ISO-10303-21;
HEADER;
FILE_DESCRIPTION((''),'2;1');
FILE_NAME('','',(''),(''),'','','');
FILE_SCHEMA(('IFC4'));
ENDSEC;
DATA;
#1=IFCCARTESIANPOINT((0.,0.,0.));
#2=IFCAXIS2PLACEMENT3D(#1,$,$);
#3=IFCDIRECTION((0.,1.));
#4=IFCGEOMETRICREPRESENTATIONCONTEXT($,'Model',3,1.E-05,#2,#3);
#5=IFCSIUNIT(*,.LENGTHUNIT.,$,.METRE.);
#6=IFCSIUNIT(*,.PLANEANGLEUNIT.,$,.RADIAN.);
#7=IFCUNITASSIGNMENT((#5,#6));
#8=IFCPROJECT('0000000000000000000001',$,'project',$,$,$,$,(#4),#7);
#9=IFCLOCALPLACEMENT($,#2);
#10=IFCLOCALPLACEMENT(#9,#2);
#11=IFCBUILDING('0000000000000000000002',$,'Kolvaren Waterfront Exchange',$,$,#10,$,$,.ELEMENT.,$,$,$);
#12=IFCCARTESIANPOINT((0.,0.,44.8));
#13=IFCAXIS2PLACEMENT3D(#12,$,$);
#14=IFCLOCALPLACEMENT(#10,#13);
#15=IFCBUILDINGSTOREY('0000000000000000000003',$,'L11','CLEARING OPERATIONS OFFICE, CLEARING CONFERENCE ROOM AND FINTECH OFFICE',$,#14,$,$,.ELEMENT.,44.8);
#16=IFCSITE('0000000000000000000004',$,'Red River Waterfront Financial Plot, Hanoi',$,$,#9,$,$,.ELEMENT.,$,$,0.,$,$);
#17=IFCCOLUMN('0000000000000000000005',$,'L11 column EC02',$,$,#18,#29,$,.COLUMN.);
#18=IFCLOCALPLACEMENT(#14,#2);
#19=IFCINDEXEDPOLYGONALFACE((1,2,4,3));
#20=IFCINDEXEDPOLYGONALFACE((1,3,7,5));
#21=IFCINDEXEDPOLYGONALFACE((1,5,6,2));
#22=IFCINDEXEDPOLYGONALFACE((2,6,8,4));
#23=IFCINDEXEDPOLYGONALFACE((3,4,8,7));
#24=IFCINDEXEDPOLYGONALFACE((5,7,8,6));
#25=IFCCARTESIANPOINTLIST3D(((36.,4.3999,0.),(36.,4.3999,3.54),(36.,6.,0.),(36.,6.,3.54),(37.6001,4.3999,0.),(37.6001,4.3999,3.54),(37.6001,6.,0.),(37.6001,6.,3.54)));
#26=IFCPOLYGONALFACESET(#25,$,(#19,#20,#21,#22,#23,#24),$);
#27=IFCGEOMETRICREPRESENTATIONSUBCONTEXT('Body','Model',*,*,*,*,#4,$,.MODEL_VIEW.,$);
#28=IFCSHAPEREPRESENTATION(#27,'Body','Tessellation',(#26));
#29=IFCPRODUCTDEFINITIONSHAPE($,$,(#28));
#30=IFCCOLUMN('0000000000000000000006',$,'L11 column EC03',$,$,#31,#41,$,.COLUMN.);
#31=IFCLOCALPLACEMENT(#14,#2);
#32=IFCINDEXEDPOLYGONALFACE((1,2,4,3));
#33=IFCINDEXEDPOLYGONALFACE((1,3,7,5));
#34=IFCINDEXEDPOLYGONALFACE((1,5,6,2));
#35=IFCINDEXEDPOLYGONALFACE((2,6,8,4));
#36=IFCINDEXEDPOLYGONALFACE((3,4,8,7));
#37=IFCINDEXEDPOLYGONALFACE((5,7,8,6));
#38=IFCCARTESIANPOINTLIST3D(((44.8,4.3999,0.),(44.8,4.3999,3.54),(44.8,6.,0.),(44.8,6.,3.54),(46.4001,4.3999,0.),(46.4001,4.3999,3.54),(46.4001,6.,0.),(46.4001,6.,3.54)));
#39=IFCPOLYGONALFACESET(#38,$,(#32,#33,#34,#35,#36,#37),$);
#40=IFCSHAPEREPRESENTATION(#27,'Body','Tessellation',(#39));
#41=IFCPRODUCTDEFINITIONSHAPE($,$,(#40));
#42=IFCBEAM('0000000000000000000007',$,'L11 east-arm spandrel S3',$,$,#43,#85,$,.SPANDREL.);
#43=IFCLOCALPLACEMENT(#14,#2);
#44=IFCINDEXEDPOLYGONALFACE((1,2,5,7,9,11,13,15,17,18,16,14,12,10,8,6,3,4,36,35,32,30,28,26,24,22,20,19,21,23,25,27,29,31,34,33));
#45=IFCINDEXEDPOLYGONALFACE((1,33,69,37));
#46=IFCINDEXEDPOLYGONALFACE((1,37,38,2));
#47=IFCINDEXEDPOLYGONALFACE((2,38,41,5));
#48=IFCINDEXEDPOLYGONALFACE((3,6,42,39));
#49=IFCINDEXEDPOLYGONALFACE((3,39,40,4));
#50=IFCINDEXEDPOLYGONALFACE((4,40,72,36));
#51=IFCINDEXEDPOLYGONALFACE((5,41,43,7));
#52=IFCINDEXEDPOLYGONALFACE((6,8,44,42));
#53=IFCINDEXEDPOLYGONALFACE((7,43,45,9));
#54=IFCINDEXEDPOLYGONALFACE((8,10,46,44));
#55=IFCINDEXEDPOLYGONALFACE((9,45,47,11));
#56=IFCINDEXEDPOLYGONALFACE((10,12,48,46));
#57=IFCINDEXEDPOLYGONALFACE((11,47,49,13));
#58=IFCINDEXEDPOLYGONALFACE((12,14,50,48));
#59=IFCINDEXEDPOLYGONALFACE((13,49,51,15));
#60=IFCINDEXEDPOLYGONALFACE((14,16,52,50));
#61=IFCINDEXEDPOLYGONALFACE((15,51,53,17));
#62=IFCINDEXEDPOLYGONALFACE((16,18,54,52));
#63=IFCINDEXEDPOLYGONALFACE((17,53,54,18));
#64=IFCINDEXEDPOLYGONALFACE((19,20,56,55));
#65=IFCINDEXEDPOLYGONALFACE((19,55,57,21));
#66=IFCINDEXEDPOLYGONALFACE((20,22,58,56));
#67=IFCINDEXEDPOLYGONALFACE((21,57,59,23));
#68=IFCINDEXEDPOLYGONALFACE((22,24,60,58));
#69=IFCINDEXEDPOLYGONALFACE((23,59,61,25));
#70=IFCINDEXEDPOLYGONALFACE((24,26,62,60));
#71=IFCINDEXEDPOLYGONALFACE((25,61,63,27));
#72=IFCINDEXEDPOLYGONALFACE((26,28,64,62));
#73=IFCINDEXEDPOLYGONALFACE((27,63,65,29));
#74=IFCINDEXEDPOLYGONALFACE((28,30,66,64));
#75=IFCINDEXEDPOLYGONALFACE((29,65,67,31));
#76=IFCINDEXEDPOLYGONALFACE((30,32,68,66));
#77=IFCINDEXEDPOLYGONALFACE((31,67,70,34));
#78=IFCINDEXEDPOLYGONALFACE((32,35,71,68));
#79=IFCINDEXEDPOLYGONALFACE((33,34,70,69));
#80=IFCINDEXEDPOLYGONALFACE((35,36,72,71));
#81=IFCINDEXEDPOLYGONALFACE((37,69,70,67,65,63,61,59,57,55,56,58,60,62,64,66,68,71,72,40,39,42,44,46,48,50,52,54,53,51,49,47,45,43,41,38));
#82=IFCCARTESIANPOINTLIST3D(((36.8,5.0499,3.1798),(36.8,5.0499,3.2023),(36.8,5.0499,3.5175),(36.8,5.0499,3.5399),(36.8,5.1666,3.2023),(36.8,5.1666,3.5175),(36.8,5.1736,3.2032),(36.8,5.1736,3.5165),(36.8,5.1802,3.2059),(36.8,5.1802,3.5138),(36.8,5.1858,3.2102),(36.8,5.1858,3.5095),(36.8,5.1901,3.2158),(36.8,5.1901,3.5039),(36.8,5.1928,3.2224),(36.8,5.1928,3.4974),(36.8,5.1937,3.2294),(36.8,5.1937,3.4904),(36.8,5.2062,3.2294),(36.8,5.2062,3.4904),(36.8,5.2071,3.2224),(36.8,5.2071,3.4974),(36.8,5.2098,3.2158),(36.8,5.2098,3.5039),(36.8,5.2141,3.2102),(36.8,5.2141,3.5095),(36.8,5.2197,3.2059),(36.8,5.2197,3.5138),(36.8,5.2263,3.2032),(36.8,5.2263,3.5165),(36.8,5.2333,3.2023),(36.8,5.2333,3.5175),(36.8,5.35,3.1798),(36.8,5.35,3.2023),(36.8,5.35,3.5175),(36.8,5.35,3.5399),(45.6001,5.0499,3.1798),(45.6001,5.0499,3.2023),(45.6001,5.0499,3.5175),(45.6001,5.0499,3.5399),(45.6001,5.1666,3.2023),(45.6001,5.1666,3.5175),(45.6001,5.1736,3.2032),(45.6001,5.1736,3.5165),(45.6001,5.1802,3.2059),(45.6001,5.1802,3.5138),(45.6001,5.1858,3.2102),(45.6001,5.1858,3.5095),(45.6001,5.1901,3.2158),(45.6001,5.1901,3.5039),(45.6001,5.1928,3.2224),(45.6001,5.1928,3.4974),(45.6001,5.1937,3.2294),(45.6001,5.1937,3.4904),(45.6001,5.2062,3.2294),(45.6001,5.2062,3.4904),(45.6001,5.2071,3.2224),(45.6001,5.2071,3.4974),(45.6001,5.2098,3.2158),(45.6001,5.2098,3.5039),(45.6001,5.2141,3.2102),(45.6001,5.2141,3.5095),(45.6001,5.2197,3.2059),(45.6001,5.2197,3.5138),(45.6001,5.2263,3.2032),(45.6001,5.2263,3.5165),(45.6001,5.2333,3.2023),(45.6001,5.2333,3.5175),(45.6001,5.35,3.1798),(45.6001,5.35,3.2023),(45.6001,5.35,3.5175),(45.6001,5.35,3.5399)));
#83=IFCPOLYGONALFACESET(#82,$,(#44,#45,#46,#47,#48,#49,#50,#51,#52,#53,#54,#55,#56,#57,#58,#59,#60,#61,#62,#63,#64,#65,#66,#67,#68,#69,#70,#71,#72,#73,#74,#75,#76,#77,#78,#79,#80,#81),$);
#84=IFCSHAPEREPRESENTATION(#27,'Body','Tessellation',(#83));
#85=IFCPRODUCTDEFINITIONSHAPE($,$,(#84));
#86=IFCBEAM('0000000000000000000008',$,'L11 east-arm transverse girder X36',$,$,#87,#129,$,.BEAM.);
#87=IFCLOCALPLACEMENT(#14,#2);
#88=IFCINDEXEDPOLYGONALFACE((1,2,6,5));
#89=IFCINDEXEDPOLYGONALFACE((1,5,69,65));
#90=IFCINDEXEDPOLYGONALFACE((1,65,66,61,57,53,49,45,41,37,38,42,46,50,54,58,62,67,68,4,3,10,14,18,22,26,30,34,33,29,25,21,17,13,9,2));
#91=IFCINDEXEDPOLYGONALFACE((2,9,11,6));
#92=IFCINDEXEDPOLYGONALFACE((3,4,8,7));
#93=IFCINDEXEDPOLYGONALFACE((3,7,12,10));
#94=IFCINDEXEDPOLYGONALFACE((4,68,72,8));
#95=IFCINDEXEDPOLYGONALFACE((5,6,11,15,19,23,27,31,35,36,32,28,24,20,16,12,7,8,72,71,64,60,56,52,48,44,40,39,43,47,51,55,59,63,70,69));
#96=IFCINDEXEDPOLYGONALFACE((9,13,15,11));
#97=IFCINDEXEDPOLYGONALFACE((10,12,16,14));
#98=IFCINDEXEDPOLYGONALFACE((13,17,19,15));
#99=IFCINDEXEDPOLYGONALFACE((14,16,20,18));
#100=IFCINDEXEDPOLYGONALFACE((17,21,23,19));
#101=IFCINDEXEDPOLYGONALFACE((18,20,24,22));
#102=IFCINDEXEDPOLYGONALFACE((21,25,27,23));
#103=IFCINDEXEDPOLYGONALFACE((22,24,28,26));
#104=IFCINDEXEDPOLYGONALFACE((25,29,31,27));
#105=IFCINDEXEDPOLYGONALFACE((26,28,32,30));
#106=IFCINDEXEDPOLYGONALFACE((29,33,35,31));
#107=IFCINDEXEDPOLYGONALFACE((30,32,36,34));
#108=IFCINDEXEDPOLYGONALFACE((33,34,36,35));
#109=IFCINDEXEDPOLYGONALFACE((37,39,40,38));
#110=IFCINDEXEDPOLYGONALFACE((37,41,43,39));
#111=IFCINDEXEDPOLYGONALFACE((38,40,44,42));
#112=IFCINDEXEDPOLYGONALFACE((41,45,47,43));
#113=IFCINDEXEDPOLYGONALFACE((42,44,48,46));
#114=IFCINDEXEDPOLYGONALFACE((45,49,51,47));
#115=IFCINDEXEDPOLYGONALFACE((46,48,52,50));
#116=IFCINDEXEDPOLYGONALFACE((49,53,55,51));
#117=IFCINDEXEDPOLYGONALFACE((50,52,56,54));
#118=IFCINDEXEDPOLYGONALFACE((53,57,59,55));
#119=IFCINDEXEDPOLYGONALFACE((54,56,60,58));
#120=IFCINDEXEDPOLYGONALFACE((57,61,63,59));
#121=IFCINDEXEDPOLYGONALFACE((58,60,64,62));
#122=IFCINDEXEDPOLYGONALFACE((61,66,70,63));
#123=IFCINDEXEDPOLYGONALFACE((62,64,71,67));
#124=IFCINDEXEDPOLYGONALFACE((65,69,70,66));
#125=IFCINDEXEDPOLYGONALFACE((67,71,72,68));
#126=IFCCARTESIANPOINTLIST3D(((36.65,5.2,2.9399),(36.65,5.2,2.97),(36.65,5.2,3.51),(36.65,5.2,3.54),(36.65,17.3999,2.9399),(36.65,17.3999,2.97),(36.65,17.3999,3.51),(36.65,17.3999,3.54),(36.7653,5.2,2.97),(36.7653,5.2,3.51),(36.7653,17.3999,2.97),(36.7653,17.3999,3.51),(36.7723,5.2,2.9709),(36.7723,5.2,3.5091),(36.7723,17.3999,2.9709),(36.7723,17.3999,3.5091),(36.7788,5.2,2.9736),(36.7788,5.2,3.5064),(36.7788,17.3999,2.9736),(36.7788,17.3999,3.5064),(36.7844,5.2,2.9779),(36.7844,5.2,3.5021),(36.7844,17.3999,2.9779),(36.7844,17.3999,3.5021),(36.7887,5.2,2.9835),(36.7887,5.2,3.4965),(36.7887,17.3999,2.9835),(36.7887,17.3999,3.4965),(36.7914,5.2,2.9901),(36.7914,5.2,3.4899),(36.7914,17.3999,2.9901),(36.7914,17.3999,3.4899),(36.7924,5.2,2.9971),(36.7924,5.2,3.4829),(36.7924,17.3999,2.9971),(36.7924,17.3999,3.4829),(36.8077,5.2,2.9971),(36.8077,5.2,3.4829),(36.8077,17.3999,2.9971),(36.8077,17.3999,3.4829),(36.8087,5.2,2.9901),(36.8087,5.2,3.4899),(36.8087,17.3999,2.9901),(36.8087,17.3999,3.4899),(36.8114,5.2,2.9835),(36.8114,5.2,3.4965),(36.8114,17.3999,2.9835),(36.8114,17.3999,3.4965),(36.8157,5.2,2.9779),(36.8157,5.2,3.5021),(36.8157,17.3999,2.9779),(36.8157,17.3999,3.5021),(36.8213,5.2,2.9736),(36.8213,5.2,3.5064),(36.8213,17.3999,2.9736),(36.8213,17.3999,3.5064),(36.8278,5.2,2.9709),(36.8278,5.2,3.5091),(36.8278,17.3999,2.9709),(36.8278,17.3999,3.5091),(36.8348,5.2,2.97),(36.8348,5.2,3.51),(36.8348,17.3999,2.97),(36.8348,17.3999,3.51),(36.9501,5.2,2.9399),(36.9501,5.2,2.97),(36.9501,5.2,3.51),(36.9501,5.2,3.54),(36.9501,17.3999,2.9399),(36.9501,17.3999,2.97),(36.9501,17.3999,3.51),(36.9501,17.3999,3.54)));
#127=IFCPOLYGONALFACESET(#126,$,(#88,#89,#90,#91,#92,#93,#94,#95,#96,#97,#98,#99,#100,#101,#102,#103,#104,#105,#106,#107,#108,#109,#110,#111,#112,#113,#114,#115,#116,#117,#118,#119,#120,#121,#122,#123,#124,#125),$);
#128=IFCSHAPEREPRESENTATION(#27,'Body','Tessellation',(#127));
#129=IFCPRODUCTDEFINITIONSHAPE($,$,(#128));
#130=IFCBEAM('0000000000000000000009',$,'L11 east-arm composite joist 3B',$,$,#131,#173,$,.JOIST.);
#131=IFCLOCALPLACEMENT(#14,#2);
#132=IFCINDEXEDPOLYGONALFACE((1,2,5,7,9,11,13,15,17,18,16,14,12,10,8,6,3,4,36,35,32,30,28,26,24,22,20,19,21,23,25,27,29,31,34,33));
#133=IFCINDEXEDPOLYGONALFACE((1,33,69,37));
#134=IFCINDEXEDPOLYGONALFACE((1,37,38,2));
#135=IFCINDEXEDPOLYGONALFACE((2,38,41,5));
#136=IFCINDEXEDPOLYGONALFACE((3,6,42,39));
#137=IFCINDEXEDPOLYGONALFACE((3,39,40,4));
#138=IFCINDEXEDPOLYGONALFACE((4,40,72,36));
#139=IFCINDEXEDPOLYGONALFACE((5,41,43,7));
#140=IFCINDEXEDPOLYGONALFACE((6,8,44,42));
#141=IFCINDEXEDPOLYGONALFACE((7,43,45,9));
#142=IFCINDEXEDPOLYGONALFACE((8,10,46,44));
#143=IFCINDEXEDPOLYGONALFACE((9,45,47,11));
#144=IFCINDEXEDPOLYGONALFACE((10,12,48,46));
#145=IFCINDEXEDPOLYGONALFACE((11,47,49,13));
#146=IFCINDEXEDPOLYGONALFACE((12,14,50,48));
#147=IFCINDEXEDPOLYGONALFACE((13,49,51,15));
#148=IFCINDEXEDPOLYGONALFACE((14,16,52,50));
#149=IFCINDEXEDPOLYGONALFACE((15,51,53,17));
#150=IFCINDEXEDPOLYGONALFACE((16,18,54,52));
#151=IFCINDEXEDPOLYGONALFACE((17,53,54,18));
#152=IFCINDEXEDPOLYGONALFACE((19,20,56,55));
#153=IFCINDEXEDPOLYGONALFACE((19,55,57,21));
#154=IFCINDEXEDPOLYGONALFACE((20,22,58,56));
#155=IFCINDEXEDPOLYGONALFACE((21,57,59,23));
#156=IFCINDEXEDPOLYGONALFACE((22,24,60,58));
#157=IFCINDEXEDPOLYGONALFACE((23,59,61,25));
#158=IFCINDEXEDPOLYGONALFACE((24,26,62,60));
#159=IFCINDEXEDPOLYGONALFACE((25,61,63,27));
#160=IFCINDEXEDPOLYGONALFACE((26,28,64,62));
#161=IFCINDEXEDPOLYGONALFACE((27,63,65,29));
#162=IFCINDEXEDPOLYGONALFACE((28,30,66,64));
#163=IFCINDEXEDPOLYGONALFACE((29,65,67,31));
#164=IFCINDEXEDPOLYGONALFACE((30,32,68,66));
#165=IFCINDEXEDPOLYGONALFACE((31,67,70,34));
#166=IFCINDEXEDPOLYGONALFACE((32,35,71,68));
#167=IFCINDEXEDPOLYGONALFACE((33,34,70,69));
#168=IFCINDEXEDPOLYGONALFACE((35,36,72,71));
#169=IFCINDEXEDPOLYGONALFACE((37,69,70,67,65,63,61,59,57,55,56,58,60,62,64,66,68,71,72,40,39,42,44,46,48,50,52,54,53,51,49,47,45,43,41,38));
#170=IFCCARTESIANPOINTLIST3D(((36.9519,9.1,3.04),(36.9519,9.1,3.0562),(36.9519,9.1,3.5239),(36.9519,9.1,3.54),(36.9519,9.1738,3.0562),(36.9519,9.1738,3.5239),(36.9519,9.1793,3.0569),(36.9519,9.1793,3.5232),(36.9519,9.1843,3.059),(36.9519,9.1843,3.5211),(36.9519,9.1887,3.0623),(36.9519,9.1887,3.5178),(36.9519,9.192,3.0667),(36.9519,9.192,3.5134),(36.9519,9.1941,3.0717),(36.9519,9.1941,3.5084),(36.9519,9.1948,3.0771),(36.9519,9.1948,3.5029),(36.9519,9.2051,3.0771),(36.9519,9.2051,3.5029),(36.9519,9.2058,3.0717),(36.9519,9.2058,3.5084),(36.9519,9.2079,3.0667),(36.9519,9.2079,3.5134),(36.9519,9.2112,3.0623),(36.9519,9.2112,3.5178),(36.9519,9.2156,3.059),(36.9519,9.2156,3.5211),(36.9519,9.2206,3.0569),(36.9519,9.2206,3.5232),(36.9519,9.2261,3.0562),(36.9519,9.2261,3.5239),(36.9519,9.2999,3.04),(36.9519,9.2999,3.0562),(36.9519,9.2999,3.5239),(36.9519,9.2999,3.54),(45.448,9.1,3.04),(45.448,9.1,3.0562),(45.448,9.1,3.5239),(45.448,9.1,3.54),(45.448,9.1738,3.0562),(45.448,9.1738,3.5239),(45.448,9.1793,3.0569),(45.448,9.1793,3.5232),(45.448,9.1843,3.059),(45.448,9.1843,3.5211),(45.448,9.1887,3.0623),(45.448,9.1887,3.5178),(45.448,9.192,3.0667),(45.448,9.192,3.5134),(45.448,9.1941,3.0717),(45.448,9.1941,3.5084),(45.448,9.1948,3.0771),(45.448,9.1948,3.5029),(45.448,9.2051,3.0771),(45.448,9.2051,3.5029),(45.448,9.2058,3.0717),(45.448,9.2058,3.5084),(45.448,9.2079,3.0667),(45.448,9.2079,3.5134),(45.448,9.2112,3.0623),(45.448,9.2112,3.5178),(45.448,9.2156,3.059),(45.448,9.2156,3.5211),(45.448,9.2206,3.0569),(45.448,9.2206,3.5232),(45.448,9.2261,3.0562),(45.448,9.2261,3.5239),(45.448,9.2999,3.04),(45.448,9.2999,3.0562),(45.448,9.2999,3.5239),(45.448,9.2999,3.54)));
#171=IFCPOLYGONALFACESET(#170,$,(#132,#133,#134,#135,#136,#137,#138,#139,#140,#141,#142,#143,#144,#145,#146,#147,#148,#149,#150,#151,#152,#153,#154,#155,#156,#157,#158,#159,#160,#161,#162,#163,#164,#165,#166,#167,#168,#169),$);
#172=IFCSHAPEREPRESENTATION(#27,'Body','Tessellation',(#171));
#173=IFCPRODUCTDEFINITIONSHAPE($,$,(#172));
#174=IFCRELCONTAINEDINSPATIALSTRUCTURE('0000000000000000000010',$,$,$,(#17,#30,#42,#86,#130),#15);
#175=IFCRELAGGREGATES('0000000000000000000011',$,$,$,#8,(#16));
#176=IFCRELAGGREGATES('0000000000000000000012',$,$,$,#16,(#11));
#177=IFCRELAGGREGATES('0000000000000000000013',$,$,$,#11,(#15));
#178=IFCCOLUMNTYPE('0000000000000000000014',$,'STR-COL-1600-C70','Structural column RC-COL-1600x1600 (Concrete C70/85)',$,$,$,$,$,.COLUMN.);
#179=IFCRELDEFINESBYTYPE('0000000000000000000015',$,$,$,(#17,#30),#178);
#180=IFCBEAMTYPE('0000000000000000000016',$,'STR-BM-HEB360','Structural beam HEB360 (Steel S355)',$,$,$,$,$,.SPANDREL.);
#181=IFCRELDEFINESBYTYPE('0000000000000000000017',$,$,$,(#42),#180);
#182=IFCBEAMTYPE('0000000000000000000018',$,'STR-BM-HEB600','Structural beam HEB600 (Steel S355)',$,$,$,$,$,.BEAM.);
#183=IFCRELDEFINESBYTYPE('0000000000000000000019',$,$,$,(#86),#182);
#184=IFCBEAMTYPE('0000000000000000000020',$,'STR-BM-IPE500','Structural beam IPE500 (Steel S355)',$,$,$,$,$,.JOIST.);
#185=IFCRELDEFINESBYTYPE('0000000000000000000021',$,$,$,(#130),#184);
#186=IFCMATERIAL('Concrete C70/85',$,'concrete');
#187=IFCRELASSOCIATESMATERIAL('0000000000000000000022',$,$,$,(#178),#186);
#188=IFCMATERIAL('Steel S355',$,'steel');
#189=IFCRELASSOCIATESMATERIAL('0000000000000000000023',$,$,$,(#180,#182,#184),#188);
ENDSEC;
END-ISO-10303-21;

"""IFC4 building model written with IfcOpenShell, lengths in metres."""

from ifc_helpers import new_model, si_unit, direction, frame, origin, origin_2d, place, context, subcontext, project, spatial, rectangle, i_section, extrude, material, material_profile, profile_set, type_object, element, save


model = new_model("IFC4")

# Units and contexts
model_context = context("Model", 3, precision=1e-05, world=origin(), true_north=direction((0.0, 1.0)))
body_context = subcontext(model_context, "Body", "Model", "MODEL_VIEW")
ifc_project = project(units=[si_unit("LENGTHUNIT", "METRE"), si_unit("PLANEANGLEUNIT", "RADIAN")], contexts=[model_context])

# Site, building, storey
site_placement = place(None, origin())
site = spatial("IfcSite", under=ifc_project, at=site_placement, Name="Red River Waterfront Financial Plot, Hanoi", CompositionType="ELEMENT", RefElevation=0.0)
building_placement = place(site_placement, origin())
building = spatial("IfcBuilding", under=site, at=building_placement, Name="Kolvaren Waterfront Exchange", CompositionType="ELEMENT")
storey_placement = place(building_placement, frame((0.0, 0.0, 44.8)))
storey = spatial("IfcBuildingStorey", under=building, at=storey_placement, Name="L11", Description="CLEARING OPERATIONS OFFICE, CLEARING CONFERENCE ROOM AND FINTECH OFFICE", CompositionType="ELEMENT", Elevation=44.8)

# Columns
ifc_material_1 = material(Name="Concrete C70/85", Category="concrete")
ifc_material_profile_1 = material_profile(ifc_material_1, rectangle(XDim=1.6001, YDim=1.6001, at=origin_2d()), Name="RC-COL-1600x1600")
ifc_profile_set_1 = profile_set([ifc_material_profile_1], Name="Concrete C70/85")
column_type = type_object("IfcColumnType", Name="STR-COL-1600-C70", Description="Structural column RC-COL-1600x1600 (Concrete C70/85)", PredefinedType="COLUMN", material=ifc_profile_set_1)
for number, where, z_axis, x_axis, name in (
    (1, (36.8, 5.2, 0.0), (0.0, 0.0, 1.0), (1.0, 0.0, 0.0), "L11 column EC02"),
    (2, (45.6001, 5.2, 0.0), (0.0, 0.0, 1.0), (1.0, 0.0, 0.0), "L11 column EC03"),
):
    element("IfcColumn", number, at=place(storey_placement, frame(where, z_axis=z_axis, x_axis=x_axis)), inside=storey, type_object=column_type, Name=name, PredefinedType="COLUMN", context=body_context, shape_type="SweptSolid", body=[
        extrude(rectangle(XDim=1.6001, YDim=1.6001, at=origin_2d()), origin(), (0.0, 0.0, 1.0), 3.54),
    ])

# Beams
ifc_material_2 = material(Name="Steel S355", Category="steel")
ifc_material_profile_2 = material_profile(ifc_material_2, i_section(OverallWidth=0.3, OverallDepth=0.3601, WebThickness=0.0125, FlangeThickness=0.0225, FilletRadius=0.0271, at=origin_2d()), Name="HEB360")
ifc_profile_set_2 = profile_set([ifc_material_profile_2], Name="Steel S355")
beam_type_1 = type_object("IfcBeamType", Name="STR-BM-HEB360", Description="Structural beam HEB360 (Steel S355)", PredefinedType="SPANDREL", material=ifc_profile_set_2)
beam_1_placement = place(storey_placement, frame((36.8, 5.2, 3.3599), z_axis=(1.0, 0.0, 0.0), x_axis=(0.0, 1.0, 0.0)))
element("IfcBeam", 3, at=beam_1_placement, inside=storey, type_object=beam_type_1, Name="L11 east-arm spandrel S3", PredefinedType="SPANDREL", context=body_context, shape_type="SweptSolid", body=[
    extrude(i_section(OverallWidth=0.3, OverallDepth=0.3601, WebThickness=0.0125, FlangeThickness=0.0225, FilletRadius=0.0271, at=origin_2d()), origin(), (0.0, 0.0, 1.0), 8.8),
])
ifc_material_profile_3 = material_profile(ifc_material_2, i_section(OverallWidth=0.3, OverallDepth=0.6001, WebThickness=0.0154, FlangeThickness=0.03, FilletRadius=0.0271, at=origin_2d()), Name="HEB600")
ifc_profile_set_3 = profile_set([ifc_material_profile_3], Name="Steel S355")
beam_type_2 = type_object("IfcBeamType", Name="STR-BM-HEB600", Description="Structural beam HEB600 (Steel S355)", PredefinedType="BEAM", material=ifc_profile_set_3)
beam_2_placement = place(storey_placement, frame((36.8, 5.2, 3.24), z_axis=(0.0, 1.0, 0.0), x_axis=(-1.0, 0.0, 0.0)))
element("IfcBeam", 4, at=beam_2_placement, inside=storey, type_object=beam_type_2, Name="L11 east-arm transverse girder X36", PredefinedType="BEAM", context=body_context, shape_type="SweptSolid", body=[
    extrude(i_section(OverallWidth=0.3, OverallDepth=0.6001, WebThickness=0.0154, FlangeThickness=0.03, FilletRadius=0.0271, at=origin_2d()), origin(), (0.0, 0.0, 1.0), 12.2),
])
ifc_material_profile_4 = material_profile(ifc_material_2, i_section(OverallWidth=0.2, OverallDepth=0.5, WebThickness=0.0103, FlangeThickness=0.0161, FilletRadius=0.021, at=origin_2d()), Name="IPE500")
ifc_profile_set_4 = profile_set([ifc_material_profile_4], Name="Steel S355")
beam_type_3 = type_object("IfcBeamType", Name="STR-BM-IPE500", Description="Structural beam IPE500 (Steel S355)", PredefinedType="JOIST", material=ifc_profile_set_4)
beam_3_placement = place(storey_placement, frame((36.9519, 9.2, 3.29), z_axis=(1.0, 0.0, 0.0), x_axis=(0.0, 1.0, 0.0)))
element("IfcBeam", 5, at=beam_3_placement, inside=storey, type_object=beam_type_3, Name="L11 east-arm composite joist 3B", PredefinedType="JOIST", context=body_context, shape_type="SweptSolid", body=[
    extrude(i_section(OverallWidth=0.2, OverallDepth=0.5, WebThickness=0.0103, FlangeThickness=0.0161, FilletRadius=0.021, at=origin_2d()), origin(), (0.0, 0.0, 1.0), 8.4961),
])

save(model, "model.ifc")
